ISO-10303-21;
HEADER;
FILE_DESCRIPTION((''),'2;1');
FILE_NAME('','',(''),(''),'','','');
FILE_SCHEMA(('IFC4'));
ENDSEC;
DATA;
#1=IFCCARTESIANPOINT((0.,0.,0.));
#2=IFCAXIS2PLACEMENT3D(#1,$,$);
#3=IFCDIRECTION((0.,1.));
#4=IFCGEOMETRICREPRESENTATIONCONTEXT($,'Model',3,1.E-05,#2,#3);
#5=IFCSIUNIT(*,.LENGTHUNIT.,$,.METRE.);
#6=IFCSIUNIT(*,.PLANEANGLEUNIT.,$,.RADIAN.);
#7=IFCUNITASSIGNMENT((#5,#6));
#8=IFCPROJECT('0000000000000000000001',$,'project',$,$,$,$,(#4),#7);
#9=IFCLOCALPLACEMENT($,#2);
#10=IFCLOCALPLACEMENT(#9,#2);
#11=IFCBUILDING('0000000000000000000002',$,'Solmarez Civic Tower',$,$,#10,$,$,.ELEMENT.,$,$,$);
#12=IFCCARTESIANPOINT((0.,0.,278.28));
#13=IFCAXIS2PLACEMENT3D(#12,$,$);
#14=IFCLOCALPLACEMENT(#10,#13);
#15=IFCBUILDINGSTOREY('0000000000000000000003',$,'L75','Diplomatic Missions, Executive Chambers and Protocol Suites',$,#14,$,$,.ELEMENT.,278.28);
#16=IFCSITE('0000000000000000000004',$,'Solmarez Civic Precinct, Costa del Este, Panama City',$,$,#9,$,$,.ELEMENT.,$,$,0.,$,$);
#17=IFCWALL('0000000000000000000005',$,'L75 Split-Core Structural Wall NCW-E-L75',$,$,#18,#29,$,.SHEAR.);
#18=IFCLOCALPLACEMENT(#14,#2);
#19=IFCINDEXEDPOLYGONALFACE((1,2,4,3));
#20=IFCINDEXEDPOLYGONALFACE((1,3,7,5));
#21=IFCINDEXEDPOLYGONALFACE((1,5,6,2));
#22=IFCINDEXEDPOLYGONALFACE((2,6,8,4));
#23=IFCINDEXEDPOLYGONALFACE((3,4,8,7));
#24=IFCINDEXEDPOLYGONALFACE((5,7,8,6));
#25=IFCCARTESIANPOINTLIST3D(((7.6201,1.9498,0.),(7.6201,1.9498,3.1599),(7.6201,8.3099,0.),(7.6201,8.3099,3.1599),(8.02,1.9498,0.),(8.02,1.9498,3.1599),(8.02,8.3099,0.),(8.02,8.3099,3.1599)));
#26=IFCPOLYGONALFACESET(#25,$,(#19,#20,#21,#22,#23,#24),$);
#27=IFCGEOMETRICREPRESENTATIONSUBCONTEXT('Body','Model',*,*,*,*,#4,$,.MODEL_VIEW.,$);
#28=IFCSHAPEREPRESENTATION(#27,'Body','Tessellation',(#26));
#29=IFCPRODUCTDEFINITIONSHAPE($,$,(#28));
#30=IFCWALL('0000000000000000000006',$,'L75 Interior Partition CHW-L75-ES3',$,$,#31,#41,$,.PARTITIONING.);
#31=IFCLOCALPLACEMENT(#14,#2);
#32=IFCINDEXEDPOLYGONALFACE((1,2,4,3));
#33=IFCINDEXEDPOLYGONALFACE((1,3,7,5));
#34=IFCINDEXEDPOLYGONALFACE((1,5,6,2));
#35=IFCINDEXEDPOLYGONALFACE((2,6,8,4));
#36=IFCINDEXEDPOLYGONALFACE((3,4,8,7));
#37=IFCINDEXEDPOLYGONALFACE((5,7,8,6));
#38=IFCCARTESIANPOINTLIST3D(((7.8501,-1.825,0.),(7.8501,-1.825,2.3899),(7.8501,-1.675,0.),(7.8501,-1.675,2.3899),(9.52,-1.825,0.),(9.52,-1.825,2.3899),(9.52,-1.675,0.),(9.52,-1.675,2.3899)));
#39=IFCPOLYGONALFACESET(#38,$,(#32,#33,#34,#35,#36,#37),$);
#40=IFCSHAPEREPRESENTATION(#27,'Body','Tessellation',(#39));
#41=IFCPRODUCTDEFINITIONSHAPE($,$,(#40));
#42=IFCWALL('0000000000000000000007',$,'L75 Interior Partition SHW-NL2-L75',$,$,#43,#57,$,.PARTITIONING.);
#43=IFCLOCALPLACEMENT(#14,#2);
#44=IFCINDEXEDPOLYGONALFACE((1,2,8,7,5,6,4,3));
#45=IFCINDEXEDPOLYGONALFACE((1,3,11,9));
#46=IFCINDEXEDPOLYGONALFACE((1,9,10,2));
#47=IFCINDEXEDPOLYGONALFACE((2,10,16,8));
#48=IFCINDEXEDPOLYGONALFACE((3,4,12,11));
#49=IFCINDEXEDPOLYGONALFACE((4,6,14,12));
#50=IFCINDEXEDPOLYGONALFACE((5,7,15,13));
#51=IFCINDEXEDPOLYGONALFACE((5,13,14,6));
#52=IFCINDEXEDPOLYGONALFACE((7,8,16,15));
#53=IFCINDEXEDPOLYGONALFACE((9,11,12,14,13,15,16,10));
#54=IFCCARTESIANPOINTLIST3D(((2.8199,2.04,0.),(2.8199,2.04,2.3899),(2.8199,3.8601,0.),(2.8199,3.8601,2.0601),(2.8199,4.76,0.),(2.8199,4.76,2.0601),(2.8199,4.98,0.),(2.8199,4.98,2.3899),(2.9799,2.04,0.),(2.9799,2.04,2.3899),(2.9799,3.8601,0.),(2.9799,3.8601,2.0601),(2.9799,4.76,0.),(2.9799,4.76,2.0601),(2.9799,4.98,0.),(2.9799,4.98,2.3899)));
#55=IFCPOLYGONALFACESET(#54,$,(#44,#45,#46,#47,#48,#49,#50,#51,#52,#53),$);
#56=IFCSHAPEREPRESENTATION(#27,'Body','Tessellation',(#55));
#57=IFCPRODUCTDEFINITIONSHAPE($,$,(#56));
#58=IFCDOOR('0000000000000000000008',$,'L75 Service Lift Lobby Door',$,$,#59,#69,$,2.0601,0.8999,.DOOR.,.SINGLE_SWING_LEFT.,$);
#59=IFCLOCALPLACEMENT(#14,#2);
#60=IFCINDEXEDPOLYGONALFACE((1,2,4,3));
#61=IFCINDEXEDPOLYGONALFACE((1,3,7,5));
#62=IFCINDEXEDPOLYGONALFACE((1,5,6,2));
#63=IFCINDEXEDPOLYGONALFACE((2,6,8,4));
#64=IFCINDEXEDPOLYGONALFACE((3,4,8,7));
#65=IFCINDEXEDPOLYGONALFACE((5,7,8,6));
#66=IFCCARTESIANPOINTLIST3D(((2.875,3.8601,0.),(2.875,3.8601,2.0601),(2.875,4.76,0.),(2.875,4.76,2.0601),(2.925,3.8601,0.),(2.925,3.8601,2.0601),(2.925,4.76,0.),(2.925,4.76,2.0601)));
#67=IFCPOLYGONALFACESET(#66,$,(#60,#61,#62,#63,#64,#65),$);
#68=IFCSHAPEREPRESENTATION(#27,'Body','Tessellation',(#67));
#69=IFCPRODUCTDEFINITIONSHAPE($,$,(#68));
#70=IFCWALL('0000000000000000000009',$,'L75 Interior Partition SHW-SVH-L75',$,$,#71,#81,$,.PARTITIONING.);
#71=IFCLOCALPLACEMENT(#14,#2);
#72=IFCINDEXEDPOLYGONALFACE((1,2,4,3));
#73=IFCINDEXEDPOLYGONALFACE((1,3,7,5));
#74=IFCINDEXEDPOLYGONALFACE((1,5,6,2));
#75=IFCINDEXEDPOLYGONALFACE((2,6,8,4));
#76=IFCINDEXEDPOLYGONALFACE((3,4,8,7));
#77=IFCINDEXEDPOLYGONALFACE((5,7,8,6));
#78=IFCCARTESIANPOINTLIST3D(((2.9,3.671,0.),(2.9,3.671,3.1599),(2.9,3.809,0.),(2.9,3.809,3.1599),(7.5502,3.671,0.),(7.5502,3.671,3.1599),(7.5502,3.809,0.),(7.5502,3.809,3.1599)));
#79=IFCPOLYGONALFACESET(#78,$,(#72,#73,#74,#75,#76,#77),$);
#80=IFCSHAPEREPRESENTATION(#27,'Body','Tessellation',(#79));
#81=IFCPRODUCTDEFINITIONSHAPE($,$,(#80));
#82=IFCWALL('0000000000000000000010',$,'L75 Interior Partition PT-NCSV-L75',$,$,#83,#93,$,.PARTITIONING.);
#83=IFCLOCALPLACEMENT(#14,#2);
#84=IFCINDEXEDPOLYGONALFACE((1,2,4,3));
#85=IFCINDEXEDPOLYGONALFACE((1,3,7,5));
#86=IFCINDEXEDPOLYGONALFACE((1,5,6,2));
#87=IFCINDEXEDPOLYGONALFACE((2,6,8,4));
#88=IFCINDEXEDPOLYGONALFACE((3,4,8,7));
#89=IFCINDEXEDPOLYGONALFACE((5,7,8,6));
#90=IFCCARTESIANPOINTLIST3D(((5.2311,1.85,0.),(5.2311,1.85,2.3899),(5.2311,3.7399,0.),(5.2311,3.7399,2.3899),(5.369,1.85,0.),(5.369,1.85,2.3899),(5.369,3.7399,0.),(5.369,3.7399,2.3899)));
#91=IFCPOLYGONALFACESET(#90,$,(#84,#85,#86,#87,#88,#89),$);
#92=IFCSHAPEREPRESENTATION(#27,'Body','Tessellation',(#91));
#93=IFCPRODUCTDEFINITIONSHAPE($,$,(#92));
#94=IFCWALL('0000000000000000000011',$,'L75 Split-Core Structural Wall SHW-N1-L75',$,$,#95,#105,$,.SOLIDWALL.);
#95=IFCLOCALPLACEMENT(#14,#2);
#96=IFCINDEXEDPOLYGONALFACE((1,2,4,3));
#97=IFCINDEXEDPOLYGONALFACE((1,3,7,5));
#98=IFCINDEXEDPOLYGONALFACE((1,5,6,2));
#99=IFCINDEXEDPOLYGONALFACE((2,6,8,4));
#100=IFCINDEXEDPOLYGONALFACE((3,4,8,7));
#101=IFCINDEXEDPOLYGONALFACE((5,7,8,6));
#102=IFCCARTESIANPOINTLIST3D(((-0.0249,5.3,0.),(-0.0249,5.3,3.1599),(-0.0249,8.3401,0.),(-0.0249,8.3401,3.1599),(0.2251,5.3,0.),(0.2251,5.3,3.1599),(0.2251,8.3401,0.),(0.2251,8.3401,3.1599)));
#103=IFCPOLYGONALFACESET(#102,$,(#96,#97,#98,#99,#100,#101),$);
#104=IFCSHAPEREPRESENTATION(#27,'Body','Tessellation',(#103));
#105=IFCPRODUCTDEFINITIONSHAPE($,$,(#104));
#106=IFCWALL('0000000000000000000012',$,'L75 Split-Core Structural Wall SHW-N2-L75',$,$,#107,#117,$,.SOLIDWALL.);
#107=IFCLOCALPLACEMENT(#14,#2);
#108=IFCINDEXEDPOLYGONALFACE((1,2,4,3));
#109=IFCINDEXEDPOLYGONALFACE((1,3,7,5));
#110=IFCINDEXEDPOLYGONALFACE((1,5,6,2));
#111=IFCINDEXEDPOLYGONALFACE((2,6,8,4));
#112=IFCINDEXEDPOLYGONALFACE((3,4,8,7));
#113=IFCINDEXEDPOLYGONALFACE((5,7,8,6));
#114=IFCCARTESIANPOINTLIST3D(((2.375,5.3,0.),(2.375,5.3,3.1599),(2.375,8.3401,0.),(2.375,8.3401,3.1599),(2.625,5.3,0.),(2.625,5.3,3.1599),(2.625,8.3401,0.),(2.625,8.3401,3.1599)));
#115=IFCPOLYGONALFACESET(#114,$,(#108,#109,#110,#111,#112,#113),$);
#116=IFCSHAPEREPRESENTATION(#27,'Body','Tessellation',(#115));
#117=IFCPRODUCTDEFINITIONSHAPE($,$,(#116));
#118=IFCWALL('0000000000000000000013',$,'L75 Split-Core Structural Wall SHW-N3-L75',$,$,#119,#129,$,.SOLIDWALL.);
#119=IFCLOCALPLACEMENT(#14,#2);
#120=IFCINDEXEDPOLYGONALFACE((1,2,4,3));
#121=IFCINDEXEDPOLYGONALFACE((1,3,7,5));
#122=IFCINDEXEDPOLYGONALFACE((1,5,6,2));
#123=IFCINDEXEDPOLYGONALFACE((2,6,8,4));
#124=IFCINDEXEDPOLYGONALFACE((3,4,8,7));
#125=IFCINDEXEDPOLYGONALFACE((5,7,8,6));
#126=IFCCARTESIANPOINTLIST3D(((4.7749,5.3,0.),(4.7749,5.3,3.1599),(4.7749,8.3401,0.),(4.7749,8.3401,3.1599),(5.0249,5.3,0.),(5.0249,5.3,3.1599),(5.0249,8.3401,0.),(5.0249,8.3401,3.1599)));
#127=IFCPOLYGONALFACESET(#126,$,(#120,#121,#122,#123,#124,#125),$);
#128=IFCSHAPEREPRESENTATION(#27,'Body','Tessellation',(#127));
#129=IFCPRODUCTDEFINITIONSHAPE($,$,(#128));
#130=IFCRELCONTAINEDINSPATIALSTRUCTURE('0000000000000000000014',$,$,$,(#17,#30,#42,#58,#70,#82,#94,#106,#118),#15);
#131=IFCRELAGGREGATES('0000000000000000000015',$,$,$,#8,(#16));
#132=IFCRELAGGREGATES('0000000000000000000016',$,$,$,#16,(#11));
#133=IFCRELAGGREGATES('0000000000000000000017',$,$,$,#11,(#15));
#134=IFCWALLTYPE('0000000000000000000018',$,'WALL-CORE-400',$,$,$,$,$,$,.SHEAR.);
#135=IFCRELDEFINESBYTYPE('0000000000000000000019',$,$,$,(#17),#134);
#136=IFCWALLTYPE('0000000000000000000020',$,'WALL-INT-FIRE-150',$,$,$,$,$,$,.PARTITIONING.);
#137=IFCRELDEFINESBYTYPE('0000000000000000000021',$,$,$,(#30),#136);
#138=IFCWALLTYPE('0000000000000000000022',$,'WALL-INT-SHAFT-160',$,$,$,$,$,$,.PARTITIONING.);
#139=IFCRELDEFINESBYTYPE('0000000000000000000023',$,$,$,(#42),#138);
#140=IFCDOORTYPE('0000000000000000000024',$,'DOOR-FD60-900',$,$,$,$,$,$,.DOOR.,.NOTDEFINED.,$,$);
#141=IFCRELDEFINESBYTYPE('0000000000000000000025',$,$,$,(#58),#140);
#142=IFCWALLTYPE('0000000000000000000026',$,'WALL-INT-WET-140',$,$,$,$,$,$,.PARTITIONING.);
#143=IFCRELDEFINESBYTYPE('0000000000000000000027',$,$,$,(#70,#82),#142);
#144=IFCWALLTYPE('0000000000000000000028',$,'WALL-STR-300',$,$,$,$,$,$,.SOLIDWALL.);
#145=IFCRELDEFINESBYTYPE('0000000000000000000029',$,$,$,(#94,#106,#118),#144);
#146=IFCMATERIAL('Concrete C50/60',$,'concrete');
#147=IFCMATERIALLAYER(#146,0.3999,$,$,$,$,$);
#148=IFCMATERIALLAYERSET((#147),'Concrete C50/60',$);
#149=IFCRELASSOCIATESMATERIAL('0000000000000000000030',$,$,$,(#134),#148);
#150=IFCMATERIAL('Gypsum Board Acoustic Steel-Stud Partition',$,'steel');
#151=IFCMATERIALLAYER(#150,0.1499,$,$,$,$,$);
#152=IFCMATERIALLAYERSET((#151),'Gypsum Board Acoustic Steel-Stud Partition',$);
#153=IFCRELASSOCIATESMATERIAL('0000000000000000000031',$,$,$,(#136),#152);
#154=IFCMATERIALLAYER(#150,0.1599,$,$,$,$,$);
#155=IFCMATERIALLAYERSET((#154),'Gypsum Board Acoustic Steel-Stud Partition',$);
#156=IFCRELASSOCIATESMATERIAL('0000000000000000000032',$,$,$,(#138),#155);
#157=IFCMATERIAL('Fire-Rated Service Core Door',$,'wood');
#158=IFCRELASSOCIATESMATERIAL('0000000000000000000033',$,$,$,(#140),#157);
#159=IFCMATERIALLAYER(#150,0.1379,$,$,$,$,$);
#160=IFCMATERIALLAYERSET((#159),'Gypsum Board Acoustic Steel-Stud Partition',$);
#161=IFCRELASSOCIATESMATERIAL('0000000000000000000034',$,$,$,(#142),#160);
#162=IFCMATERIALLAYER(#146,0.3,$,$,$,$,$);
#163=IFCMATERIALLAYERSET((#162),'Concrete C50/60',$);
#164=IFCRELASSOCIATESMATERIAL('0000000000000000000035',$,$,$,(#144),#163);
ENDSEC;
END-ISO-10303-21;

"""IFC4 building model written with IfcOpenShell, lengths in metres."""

from ifc_helpers import new_model, si_unit, direction, frame, frame_2d, origin, place, context, subcontext, project, spatial, rectangle, extrude, material, layer, layer_set, type_object, element, fill, save


model = new_model("IFC4")

# Units and contexts
model_context = context("Model", 3, precision=1e-05, world=origin(), true_north=direction((0.0, 1.0)))
body_context = subcontext(model_context, "Body", "Model", "MODEL_VIEW")
ifc_project = project(units=[si_unit("LENGTHUNIT", "METRE"), si_unit("PLANEANGLEUNIT", "RADIAN")], contexts=[model_context])

# Site, building, storey
site_placement = place(None, origin())
site = spatial("IfcSite", under=ifc_project, at=site_placement, Name="Solmarez Civic Precinct, Costa del Este, Panama City", CompositionType="ELEMENT", RefElevation=0.0)
building_placement = place(site_placement, origin())
building = spatial("IfcBuilding", under=site, at=building_placement, Name="Solmarez Civic Tower", CompositionType="ELEMENT")
storey_placement = place(building_placement, frame((0.0, 0.0, 278.28)))
storey = spatial("IfcBuildingStorey", under=building, at=storey_placement, Name="L75", Description="Diplomatic Missions, Executive Chambers and Protocol Suites", CompositionType="ELEMENT", Elevation=278.28)

# Walls
ifc_material_1 = material(Name="Concrete C50/60", Category="concrete")
ifc_layer_1 = layer(ifc_material_1, 0.3999)
ifc_layer_set_1 = layer_set([ifc_layer_1], Name="Concrete C50/60")
wall_type_1 = type_object("IfcWallType", Name="WALL-CORE-400", PredefinedType="SHEAR", material=ifc_layer_set_1)
wall_1_placement = place(storey_placement, frame((7.8201, 8.3101, 0.0), z_axis=(0.0, 0.0, 1.0), x_axis=(0.0, -1.0, 0.0)))
element("IfcWall", 1, at=wall_1_placement, inside=storey, type_object=wall_type_1, Name="L75 Split-Core Structural Wall NCW-E-L75", PredefinedType="SHEAR", context=body_context, shape_type="SweptSolid", body=[
    extrude(rectangle(XDim=6.3601, YDim=0.3999, at=frame_2d((3.1802, 0.0))), origin(), (0.0, 0.0, 1.0), 3.1599),
])
ifc_material_2 = material(Name="Gypsum Board Acoustic Steel-Stud Partition", Category="steel")
ifc_layer_2 = layer(ifc_material_2, 0.1499)
ifc_layer_set_2 = layer_set([ifc_layer_2], Name="Gypsum Board Acoustic Steel-Stud Partition")
wall_type_2 = type_object("IfcWallType", Name="WALL-INT-FIRE-150", PredefinedType="PARTITIONING", material=ifc_layer_set_2)
wall_2_placement = place(storey_placement, frame((7.8501, -1.75, 0.0), z_axis=(0.0, 0.0, 1.0), x_axis=(1.0, 0.0, 0.0)))
element("IfcWall", 2, at=wall_2_placement, inside=storey, type_object=wall_type_2, Name="L75 Interior Partition CHW-L75-ES3", PredefinedType="PARTITIONING", context=body_context, shape_type="SweptSolid", body=[
    extrude(rectangle(XDim=1.6699, YDim=0.1499, at=frame_2d((0.835, 0.0))), origin(), (0.0, 0.0, 1.0), 2.3899),
])

# Wall, opening, door
ifc_layer_3 = layer(ifc_material_2, 0.1599)
ifc_layer_set_3 = layer_set([ifc_layer_3], Name="Gypsum Board Acoustic Steel-Stud Partition")
wall_type_3 = type_object("IfcWallType", Name="WALL-INT-SHAFT-160", PredefinedType="PARTITIONING", material=ifc_layer_set_3)
wall_3_placement = place(storey_placement, frame((2.8999, 2.04, 0.0), z_axis=(0.0, 0.0, 1.0), x_axis=(0.0, 1.0, 0.0)))
wall_3 = element("IfcWall", 3, at=wall_3_placement, inside=storey, type_object=wall_type_3, Name="L75 Interior Partition SHW-NL2-L75", PredefinedType="PARTITIONING", context=body_context, shape_type="SweptSolid", body=[
    extrude(rectangle(XDim=2.9399, YDim=0.1599, at=frame_2d((1.47, 0.0))), origin(), (0.0, 0.0, 1.0), 2.3899),
])
opening_1_placement = place(wall_3_placement, frame((1.8201, 0.0, 0.0)))
opening_1 = element("IfcOpeningElement", 4, at=opening_1_placement, cuts=wall_3, PredefinedType="OPENING", context=body_context, shape_type="SweptSolid", body=[
    extrude(rectangle(XDim=0.8999, YDim=2.0601, at=frame_2d((0.45, 1.03))), frame((0.0, 0.0898, 0.0), z_axis=(0.0, -1.0, 0.0), x_axis=(1.0, 0.0, 0.0)), (0.0, 0.0, 1.0), 0.1799),
])
ifc_material_3 = material(Name="Fire-Rated Service Core Door", Category="wood")
door_type_1 = type_object("IfcDoorType", Name="DOOR-FD60-900", OperationType="NOTDEFINED", PredefinedType="DOOR", material=ifc_material_3)
door_1_placement = place(opening_1_placement, origin())
door_1 = element("IfcDoor", 5, at=door_1_placement, inside=storey, type_object=door_type_1, Name="L75 Service Lift Lobby Door", OperationType="SINGLE_SWING_LEFT", OverallHeight=2.0601, OverallWidth=0.8999, PredefinedType="DOOR", context=body_context, shape_type="SweptSolid", body=[
    extrude(rectangle(XDim=0.8999, YDim=2.0601, at=frame_2d((0.45, 1.03))), frame((0.0, 0.0249, 0.0), z_axis=(0.0, -1.0, 0.0), x_axis=(1.0, 0.0, 0.0)), (0.0, 0.0, 1.0), 0.05),
])
fill(opening_1, door_1)

# Walls
ifc_layer_4 = layer(ifc_material_2, 0.1379)
ifc_layer_set_4 = layer_set([ifc_layer_4], Name="Gypsum Board Acoustic Steel-Stud Partition")
wall_type_4 = type_object("IfcWallType", Name="WALL-INT-WET-140", PredefinedType="PARTITIONING", material=ifc_layer_set_4)
wall_4_placement = place(storey_placement, frame((2.8999, 3.74, 0.0), z_axis=(0.0, 0.0, 1.0), x_axis=(1.0, 0.0, 0.0)))
element("IfcWall", 6, at=wall_4_placement, inside=storey, type_object=wall_type_4, Name="L75 Interior Partition SHW-SVH-L75", PredefinedType="PARTITIONING", context=body_context, shape_type="SweptSolid", body=[
    extrude(rectangle(XDim=4.6501, YDim=0.1379, at=frame_2d((2.3252, 0.0))), origin(), (0.0, 0.0, 1.0), 3.1599),
])
wall_5_placement = place(storey_placement, frame((5.3, 1.8501, 0.0), z_axis=(0.0, 0.0, 1.0), x_axis=(0.0, 1.0, 0.0)))
element("IfcWall", 7, at=wall_5_placement, inside=storey, type_object=wall_type_4, Name="L75 Interior Partition PT-NCSV-L75", PredefinedType="PARTITIONING", context=body_context, shape_type="SweptSolid", body=[
    extrude(rectangle(XDim=1.8899, YDim=0.1379, at=frame_2d((0.9448, 0.0))), origin(), (0.0, 0.0, 1.0), 2.3899),
])

# Shared definitions
ifc_layer_5 = layer(ifc_material_1, 0.3)
ifc_layer_set_5 = layer_set([ifc_layer_5], Name="Concrete C50/60")
wall_type_5 = type_object("IfcWallType", Name="WALL-STR-300", PredefinedType="SOLIDWALL", material=ifc_layer_set_5)

# Walls
for number, where, z_axis, x_axis, name in (
    (8, (0.1001, 5.3, 0.0), (0.0, 0.0, 1.0), (0.0, 1.0, 0.0), "L75 Split-Core Structural Wall SHW-N1-L75"),
    (9, (2.5, 5.3, 0.0), (0.0, 0.0, 1.0), (0.0, 1.0, 0.0), "L75 Split-Core Structural Wall SHW-N2-L75"),
    (10, (4.8999, 5.3, 0.0), (0.0, 0.0, 1.0), (0.0, 1.0, 0.0), "L75 Split-Core Structural Wall SHW-N3-L75"),
):
    element("IfcWall", number, at=place(storey_placement, frame(where, z_axis=z_axis, x_axis=x_axis)), inside=storey, type_object=wall_type_5, Name=name, PredefinedType="SOLIDWALL", context=body_context, shape_type="SweptSolid", body=[
        extrude(rectangle(XDim=3.04, YDim=0.25, at=frame_2d((1.52, 0.0))), origin(), (0.0, 0.0, 1.0), 3.1599),
    ])

save(model, "model.ifc")
